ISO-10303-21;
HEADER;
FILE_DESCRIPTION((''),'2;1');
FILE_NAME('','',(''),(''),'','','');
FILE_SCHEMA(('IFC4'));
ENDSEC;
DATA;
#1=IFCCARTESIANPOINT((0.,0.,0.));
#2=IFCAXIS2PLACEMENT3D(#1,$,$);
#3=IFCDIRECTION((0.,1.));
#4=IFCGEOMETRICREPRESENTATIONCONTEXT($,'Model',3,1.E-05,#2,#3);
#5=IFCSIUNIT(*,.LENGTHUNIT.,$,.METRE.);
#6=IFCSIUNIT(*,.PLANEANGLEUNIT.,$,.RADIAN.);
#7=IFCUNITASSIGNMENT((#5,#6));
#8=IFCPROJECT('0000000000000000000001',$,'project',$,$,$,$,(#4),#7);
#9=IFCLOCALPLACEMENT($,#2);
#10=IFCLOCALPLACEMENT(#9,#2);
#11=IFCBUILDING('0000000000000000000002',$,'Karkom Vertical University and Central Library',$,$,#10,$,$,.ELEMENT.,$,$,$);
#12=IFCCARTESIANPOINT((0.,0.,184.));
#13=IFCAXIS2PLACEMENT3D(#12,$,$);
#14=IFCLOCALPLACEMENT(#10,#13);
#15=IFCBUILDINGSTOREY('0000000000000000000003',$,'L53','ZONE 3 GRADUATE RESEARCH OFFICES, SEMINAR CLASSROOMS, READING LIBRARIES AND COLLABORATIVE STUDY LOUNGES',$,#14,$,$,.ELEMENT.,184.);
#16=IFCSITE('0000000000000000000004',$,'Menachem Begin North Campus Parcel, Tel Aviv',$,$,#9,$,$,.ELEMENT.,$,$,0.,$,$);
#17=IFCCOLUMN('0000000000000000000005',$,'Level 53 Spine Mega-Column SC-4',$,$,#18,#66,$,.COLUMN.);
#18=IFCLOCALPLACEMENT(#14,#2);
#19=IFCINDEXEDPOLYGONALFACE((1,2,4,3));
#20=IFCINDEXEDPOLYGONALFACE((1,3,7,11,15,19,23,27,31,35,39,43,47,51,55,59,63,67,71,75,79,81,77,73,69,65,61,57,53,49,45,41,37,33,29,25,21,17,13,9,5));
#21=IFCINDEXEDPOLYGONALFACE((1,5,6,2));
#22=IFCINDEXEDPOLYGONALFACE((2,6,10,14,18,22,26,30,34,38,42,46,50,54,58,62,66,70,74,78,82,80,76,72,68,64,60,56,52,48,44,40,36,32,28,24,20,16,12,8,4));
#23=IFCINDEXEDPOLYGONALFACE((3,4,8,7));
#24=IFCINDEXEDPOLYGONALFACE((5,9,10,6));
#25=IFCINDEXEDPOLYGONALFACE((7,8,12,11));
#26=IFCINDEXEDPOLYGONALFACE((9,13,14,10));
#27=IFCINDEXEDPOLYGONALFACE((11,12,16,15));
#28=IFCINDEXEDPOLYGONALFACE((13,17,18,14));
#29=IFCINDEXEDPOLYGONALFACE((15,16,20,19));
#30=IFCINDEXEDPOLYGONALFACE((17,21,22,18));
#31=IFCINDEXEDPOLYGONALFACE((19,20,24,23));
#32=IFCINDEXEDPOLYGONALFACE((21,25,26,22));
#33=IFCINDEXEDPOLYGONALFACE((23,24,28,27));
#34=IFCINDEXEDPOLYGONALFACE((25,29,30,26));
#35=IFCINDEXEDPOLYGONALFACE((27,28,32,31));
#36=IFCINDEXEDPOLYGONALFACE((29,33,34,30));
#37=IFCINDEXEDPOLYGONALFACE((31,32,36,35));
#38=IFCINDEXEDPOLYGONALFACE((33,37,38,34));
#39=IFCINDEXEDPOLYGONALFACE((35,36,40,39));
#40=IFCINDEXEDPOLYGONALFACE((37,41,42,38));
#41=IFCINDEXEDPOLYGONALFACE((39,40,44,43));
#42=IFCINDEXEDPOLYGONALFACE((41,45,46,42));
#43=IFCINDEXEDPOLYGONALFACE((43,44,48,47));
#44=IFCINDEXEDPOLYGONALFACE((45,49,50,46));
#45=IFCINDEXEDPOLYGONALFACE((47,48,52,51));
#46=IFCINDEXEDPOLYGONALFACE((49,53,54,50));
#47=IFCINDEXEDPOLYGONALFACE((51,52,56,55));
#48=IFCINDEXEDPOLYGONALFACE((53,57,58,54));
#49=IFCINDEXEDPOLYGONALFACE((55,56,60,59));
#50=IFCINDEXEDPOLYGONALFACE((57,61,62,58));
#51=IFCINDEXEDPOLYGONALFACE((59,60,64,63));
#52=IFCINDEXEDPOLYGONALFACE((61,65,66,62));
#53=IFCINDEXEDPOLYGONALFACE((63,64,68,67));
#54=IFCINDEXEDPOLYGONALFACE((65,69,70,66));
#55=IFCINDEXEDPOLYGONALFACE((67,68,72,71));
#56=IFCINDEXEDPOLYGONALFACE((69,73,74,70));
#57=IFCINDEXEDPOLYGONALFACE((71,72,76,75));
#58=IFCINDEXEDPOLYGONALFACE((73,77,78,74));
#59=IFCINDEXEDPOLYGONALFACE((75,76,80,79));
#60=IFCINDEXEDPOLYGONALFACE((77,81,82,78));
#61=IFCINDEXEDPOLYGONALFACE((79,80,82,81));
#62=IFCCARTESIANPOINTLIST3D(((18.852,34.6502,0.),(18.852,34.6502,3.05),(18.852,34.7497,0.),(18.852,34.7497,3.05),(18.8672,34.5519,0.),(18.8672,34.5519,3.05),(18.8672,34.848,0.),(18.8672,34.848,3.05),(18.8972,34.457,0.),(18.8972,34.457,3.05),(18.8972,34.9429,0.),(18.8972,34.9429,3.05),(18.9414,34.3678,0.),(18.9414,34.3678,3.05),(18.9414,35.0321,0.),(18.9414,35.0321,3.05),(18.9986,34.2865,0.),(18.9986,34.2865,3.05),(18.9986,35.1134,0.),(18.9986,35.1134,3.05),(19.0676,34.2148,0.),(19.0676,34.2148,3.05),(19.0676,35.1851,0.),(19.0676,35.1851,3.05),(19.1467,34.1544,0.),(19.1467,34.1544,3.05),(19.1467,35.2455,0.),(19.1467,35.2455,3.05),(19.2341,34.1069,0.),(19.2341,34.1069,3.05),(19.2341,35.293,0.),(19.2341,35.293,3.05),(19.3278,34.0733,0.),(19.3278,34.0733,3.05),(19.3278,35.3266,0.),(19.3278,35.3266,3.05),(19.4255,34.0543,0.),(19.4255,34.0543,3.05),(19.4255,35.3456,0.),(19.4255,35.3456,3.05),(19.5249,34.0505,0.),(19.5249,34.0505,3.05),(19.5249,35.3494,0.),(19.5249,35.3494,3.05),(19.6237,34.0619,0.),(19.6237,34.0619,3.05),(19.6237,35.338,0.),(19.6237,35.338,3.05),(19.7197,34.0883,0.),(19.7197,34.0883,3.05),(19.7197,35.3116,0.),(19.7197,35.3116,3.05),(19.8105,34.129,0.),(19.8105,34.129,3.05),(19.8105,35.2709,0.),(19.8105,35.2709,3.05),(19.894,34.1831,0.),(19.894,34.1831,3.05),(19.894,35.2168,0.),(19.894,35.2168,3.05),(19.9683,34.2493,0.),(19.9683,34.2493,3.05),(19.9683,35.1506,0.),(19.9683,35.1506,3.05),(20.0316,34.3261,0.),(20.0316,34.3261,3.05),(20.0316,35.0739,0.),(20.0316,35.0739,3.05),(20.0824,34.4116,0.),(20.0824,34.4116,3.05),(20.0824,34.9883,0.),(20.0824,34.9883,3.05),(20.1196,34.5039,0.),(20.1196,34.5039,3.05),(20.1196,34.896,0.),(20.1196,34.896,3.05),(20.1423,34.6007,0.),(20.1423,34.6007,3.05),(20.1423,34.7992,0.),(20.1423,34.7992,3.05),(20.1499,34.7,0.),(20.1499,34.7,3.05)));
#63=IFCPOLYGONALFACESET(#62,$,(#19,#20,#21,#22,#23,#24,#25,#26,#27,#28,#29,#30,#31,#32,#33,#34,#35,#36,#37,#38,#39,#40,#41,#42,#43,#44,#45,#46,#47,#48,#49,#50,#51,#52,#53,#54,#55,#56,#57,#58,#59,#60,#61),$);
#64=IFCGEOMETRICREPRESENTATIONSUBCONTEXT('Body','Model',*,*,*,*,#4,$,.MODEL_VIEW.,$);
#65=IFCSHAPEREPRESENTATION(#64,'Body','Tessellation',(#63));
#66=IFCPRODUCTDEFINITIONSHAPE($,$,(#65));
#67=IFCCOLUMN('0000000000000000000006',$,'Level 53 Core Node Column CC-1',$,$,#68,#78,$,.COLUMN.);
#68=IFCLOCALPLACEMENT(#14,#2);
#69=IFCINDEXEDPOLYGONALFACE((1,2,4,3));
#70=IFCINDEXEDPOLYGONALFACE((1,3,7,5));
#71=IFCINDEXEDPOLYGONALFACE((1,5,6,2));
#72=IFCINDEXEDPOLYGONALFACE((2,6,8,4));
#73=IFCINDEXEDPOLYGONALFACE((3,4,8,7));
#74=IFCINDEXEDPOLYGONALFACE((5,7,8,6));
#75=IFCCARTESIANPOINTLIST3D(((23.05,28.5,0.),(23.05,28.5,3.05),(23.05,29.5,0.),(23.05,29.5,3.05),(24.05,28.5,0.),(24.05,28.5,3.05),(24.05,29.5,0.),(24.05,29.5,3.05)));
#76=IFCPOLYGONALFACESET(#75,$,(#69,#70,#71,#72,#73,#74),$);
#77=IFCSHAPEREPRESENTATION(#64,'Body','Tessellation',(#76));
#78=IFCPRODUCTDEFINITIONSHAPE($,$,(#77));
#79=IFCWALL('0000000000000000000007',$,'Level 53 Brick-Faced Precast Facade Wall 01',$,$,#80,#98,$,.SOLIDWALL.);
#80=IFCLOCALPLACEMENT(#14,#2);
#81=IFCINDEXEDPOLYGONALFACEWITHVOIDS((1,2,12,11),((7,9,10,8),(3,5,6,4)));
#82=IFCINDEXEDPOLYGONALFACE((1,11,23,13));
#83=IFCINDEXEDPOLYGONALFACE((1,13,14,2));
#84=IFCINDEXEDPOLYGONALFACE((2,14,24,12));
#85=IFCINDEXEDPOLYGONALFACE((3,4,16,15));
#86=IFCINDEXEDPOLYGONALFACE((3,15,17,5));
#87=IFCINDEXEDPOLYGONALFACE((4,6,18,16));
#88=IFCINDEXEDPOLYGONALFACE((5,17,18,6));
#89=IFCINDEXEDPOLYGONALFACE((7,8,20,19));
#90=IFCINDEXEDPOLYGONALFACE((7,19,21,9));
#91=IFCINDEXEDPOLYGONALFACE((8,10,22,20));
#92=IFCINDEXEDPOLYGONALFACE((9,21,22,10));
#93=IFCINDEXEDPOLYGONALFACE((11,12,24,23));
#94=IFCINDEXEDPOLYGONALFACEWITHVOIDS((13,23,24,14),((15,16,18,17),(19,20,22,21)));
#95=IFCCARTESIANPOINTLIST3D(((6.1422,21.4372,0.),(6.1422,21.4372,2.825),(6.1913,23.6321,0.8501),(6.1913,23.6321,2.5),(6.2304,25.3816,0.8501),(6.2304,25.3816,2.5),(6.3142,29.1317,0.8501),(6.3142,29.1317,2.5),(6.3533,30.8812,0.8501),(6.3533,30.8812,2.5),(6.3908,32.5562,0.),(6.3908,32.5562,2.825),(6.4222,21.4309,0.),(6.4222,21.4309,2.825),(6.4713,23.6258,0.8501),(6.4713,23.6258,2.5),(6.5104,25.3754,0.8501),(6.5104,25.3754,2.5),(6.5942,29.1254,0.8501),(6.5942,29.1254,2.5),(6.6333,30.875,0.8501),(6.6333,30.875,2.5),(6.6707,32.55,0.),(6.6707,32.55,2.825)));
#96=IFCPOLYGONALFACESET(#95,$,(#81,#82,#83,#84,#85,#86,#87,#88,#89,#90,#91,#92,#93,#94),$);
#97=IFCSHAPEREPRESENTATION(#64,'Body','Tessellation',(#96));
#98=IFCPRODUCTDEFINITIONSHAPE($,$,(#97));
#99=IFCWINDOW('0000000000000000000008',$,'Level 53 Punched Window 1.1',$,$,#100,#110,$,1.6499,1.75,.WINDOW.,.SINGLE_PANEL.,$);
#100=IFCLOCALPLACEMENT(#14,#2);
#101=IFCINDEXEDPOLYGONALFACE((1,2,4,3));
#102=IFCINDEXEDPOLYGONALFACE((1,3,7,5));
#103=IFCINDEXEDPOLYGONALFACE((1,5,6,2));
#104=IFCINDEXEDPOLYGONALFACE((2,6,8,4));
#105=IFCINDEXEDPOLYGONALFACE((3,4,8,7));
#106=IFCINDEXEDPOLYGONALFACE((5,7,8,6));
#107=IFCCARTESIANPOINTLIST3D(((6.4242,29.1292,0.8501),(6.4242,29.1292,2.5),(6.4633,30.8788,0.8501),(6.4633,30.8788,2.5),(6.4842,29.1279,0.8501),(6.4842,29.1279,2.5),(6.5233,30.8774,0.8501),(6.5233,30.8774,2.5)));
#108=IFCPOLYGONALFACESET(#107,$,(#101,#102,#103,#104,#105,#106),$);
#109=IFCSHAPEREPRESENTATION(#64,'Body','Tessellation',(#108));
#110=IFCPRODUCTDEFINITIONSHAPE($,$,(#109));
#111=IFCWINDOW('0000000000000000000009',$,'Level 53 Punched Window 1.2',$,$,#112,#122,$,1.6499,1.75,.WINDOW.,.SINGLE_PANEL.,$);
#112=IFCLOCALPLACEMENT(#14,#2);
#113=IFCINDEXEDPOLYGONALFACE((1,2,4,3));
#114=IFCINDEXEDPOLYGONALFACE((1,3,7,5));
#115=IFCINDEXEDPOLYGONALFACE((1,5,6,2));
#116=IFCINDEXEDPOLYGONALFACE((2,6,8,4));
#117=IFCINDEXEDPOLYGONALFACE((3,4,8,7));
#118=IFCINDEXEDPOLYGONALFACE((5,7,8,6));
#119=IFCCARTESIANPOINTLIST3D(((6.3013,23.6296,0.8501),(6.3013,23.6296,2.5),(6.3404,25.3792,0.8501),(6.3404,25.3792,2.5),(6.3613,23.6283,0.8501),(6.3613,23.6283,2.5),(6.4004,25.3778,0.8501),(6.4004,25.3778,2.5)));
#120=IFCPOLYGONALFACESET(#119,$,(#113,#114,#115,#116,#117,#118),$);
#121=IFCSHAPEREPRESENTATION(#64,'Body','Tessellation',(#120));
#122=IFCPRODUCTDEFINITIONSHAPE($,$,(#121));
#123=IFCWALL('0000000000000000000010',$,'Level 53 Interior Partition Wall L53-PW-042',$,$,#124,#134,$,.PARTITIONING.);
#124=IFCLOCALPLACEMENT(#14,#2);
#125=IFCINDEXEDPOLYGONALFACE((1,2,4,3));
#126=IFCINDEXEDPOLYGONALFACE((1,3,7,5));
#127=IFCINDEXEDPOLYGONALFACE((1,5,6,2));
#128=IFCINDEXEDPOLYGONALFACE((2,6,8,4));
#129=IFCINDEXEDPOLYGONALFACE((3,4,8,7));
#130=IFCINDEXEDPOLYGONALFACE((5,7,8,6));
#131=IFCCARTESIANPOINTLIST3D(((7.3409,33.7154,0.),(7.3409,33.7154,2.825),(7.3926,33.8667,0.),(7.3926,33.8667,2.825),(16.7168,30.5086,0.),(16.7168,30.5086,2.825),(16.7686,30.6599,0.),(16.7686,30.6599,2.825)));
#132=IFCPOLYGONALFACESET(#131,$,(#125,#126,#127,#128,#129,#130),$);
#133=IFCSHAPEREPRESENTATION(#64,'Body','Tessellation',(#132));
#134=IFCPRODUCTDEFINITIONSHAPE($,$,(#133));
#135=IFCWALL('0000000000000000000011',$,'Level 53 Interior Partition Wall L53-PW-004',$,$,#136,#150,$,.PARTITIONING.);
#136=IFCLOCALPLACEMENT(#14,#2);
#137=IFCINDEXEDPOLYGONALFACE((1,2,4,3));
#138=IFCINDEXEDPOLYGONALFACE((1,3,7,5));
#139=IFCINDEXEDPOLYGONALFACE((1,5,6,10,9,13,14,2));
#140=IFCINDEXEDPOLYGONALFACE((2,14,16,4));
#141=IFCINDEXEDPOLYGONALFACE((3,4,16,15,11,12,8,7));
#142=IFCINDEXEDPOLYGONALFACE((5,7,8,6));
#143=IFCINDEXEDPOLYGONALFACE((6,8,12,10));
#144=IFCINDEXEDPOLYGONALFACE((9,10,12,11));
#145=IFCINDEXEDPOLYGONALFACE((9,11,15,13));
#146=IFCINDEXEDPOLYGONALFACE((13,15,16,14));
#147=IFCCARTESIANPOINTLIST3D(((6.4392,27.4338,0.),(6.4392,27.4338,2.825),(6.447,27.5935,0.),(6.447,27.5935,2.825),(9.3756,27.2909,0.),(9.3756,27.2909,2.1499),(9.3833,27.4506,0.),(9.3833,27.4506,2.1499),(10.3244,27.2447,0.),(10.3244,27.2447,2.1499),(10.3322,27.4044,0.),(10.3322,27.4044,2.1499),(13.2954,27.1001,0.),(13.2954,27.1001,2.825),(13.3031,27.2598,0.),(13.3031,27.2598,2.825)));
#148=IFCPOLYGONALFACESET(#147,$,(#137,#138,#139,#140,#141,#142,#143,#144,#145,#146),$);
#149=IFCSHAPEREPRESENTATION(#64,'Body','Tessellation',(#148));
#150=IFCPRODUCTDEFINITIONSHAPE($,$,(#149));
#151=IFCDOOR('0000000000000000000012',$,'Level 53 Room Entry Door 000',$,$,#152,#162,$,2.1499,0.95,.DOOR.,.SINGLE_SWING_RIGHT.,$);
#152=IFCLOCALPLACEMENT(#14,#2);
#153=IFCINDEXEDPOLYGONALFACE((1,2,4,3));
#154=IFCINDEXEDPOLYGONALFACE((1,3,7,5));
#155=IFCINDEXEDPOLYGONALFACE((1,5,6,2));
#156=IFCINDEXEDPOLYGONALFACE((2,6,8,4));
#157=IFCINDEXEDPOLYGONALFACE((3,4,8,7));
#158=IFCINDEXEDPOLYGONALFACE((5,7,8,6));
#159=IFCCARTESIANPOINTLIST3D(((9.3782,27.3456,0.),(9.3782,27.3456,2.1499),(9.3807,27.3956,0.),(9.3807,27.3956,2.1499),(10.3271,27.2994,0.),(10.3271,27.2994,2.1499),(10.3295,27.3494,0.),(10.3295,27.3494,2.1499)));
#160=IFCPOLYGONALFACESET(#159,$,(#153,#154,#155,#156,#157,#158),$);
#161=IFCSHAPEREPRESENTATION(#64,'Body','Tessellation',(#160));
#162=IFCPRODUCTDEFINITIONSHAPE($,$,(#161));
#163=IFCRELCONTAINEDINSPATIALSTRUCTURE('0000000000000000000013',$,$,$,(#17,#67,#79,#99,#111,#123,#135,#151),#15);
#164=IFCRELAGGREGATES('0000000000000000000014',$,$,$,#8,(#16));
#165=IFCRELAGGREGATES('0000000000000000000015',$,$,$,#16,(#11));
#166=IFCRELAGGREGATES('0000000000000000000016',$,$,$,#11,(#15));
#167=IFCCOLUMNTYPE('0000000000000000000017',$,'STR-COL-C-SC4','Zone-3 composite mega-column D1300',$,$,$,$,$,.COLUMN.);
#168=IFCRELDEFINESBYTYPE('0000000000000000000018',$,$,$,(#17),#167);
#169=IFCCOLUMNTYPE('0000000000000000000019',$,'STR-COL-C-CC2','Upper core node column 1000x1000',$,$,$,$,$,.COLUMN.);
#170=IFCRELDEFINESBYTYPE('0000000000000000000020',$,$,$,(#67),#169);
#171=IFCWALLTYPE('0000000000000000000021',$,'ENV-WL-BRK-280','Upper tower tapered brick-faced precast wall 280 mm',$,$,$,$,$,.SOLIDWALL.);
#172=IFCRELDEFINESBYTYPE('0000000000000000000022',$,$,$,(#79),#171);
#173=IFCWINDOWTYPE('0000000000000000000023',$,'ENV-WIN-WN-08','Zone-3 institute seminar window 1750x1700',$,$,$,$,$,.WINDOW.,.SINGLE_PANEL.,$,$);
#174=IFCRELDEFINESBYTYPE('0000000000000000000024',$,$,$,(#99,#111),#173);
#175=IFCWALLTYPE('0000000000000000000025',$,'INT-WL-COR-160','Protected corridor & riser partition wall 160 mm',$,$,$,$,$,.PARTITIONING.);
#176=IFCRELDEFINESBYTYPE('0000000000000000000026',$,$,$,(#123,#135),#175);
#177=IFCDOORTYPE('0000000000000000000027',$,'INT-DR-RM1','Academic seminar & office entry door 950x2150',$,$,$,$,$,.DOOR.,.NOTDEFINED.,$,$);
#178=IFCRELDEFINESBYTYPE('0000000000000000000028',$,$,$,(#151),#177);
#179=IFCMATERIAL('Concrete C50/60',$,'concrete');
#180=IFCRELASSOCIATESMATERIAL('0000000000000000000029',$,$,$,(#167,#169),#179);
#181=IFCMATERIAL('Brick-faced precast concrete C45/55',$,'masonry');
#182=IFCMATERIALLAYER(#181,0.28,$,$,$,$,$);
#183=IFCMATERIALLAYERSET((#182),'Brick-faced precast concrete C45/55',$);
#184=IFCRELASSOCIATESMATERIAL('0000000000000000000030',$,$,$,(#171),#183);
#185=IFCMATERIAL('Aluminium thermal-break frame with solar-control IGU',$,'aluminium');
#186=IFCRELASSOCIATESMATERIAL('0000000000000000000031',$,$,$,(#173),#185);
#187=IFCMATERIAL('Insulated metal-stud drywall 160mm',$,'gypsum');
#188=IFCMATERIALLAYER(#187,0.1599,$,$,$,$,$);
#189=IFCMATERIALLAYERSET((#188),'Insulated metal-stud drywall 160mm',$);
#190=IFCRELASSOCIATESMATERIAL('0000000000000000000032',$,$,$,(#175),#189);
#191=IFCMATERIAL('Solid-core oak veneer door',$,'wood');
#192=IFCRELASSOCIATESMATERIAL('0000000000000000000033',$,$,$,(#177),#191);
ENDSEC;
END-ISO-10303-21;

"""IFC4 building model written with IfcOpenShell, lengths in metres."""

from ifc_helpers import new_model, si_unit, direction, frame, frame_2d, origin, origin_with_axes, origin_2d, place, context, subcontext, project, spatial, rectangle, circle, extrude, source, transform, mapped, material, layer, layer_set, material_profile, profile_set, type_object, element, fill, save


model = new_model("IFC4")

# Units and contexts
model_context = context("Model", 3, precision=1e-05, world=origin(), true_north=direction((0.0, 1.0)))
body_context = subcontext(model_context, "Body", "Model", "MODEL_VIEW")
ifc_project = project(units=[si_unit("LENGTHUNIT", "METRE"), si_unit("PLANEANGLEUNIT", "RADIAN")], contexts=[model_context])

# Site, building, storey
site_placement = place(None, origin())
site = spatial("IfcSite", under=ifc_project, at=site_placement, Name="Menachem Begin North Campus Parcel, Tel Aviv", CompositionType="ELEMENT", RefElevation=0.0)
building_placement = place(site_placement, origin())
building = spatial("IfcBuilding", under=site, at=building_placement, Name="Karkom Vertical University and Central Library", CompositionType="ELEMENT")
storey_placement = place(building_placement, frame((0.0, 0.0, 184.0)))
storey = spatial("IfcBuildingStorey", under=building, at=storey_placement, Name="L53", Description="ZONE 3 GRADUATE RESEARCH OFFICES, SEMINAR CLASSROOMS, READING LIBRARIES AND COLLABORATIVE STUDY LOUNGES", CompositionType="ELEMENT", Elevation=184.0)

# Columns
ifc_material_1 = material(Name="Concrete C50/60", Category="concrete")
ifc_material_profile_1 = material_profile(ifc_material_1, circle(Radius=0.6499, at=origin_2d()), Name="CFT-D1300")
ifc_profile_set_1 = profile_set([ifc_material_profile_1], Name="Concrete C50/60")
column_type_1 = type_object("IfcColumnType", Name="STR-COL-C-SC4", Description="Zone-3 composite mega-column D1300", PredefinedType="COLUMN", material=ifc_profile_set_1)
shared_shape_1 = source(origin_with_axes(), body_context, "Body", "SweptSolid", [
    extrude(circle(Radius=0.6499, at=origin_2d()), origin(), (0.0, 0.0, 1.0), 3.05),
])
column_1_placement = place(storey_placement, frame((19.5, 34.7, 0.0), z_axis=(0.0, 0.0, 1.0), x_axis=(1.0, 0.0, 0.0)))
element("IfcColumn", 1, at=column_1_placement, inside=storey, type_object=column_type_1, Name="Level 53 Spine Mega-Column SC-4", PredefinedType="COLUMN", context=body_context, shape_type="MappedRepresentation", body=[
    mapped(shared_shape_1, transform((0.0, 0.0, 0.0), scale=1.0)),
])
ifc_material_profile_2 = material_profile(ifc_material_1, rectangle(XDim=1.0, YDim=1.0, at=origin_2d()), Name="RC-1000x1000")
ifc_profile_set_2 = profile_set([ifc_material_profile_2], Name="Concrete C50/60")
column_type_2 = type_object("IfcColumnType", Name="STR-COL-C-CC2", Description="Upper core node column 1000x1000", PredefinedType="COLUMN", material=ifc_profile_set_2)
shared_shape_2 = source(origin_with_axes(), body_context, "Body", "SweptSolid", [
    extrude(rectangle(XDim=1.0, YDim=1.0, at=origin_2d()), origin(), (0.0, 0.0, 1.0), 3.05),
])
column_2_placement = place(storey_placement, frame((23.55, 29.0, 0.0), z_axis=(0.0, 0.0, 1.0), x_axis=(1.0, 0.0, 0.0)))
element("IfcColumn", 2, at=column_2_placement, inside=storey, type_object=column_type_2, Name="Level 53 Core Node Column CC-1", PredefinedType="COLUMN", context=body_context, shape_type="MappedRepresentation", body=[
    mapped(shared_shape_2, transform((0.0, 0.0, 0.0), scale=1.0)),
])

# Wall, openings, windows
ifc_material_2 = material(Name="Brick-faced precast concrete C45/55", Category="masonry")
ifc_layer_1 = layer(ifc_material_2, 0.28)
ifc_layer_set_1 = layer_set([ifc_layer_1], Name="Brick-faced precast concrete C45/55")
wall_type_1 = type_object("IfcWallType", Name="ENV-WL-BRK-280", Description="Upper tower tapered brick-faced precast wall 280 mm", PredefinedType="SOLIDWALL", material=ifc_layer_set_1)
wall_1_placement = place(storey_placement, frame((6.5308, 32.5532, 0.0), z_axis=(0.0, 0.0, 1.0), x_axis=(-0.022346, -0.99975, 0.0)))
wall_1 = element("IfcWall", 3, at=wall_1_placement, inside=storey, type_object=wall_type_1, Name="Level 53 Brick-Faced Precast Facade Wall 01", PredefinedType="SOLIDWALL", context=body_context, shape_type="SweptSolid", body=[
    extrude(rectangle(XDim=11.1218, YDim=0.28, at=frame_2d((5.561, 0.0))), origin(), (0.0, 0.0, 1.0), 2.825),
])
opening_1_placement = place(wall_1_placement, frame((1.6755, 0.0, 0.8501)))
opening_1 = element("IfcOpeningElement", 4, at=opening_1_placement, cuts=wall_1, PredefinedType="OPENING", context=body_context, shape_type="SweptSolid", body=[
    extrude(rectangle(XDim=1.75, YDim=1.6499, at=frame_2d((0.875, 0.825))), frame((0.0, 0.1499, 0.0), z_axis=(0.0, -1.0, 0.0), x_axis=(1.0, 0.0, 0.0)), (0.0, 0.0, 1.0), 0.3),
])
opening_2_placement = place(wall_1_placement, frame((7.1765, 0.0, 0.8501)))
opening_2 = element("IfcOpeningElement", 5, at=opening_2_placement, cuts=wall_1, PredefinedType="OPENING", context=body_context, shape_type="SweptSolid", body=[
    extrude(rectangle(XDim=1.75, YDim=1.6499, at=frame_2d((0.875, 0.825))), frame((0.0, 0.1499, 0.0), z_axis=(0.0, -1.0, 0.0), x_axis=(1.0, 0.0, 0.0)), (0.0, 0.0, 1.0), 0.3),
])
ifc_material_3 = material(Name="Aluminium thermal-break frame with solar-control IGU", Category="aluminium")
window_type = type_object("IfcWindowType", Name="ENV-WIN-WN-08", Description="Zone-3 institute seminar window 1750x1700", PartitioningType="SINGLE_PANEL", PredefinedType="WINDOW", material=ifc_material_3)
shared_shape_3 = source(origin_with_axes(), body_context, "Body", "SweptSolid", [
    extrude(rectangle(XDim=1.75, YDim=1.6499, at=frame_2d((0.875, 0.825))), frame((0.0, 0.03, 0.0), z_axis=(0.0, -1.0, 0.0), x_axis=(1.0, 0.0, 0.0)), (0.0, 0.0, 1.0), 0.0601),
])
window_1_placement = place(opening_1_placement, origin())
window_1 = element("IfcWindow", 6, at=window_1_placement, inside=storey, type_object=window_type, Name="Level 53 Punched Window 1.1", OverallHeight=1.6499, OverallWidth=1.75, PartitioningType="SINGLE_PANEL", PredefinedType="WINDOW", context=body_context, shape_type="MappedRepresentation", body=[
    mapped(shared_shape_3, transform((0.0, 0.0, 0.0), scale=1.0)),
])
fill(opening_1, window_1)
window_2_placement = place(opening_2_placement, origin())
window_2 = element("IfcWindow", 7, at=window_2_placement, inside=storey, type_object=window_type, Name="Level 53 Punched Window 1.2", OverallHeight=1.6499, OverallWidth=1.75, PartitioningType="SINGLE_PANEL", PredefinedType="WINDOW", context=body_context, shape_type="MappedRepresentation", body=[
    mapped(shared_shape_3, transform((0.0, 0.0, 0.0), scale=1.0)),
])
fill(opening_2, window_2)

# Wall
ifc_material_4 = material(Name="Insulated metal-stud drywall 160mm", Category="gypsum")
ifc_layer_2 = layer(ifc_material_4, 0.1599)
ifc_layer_set_2 = layer_set([ifc_layer_2], Name="Insulated metal-stud drywall 160mm")
wall_type_2 = type_object("IfcWallType", Name="INT-WL-COR-160", Description="Protected corridor & riser partition wall 160 mm", PredefinedType="PARTITIONING", material=ifc_layer_set_2)
wall_2_placement = place(storey_placement, frame((16.7427, 30.5842, 0.0), z_axis=(0.0, 0.0, 1.0), x_axis=(-0.946188, 0.323617, 0.0)))
element("IfcWall", 8, at=wall_2_placement, inside=storey, type_object=wall_type_2, Name="Level 53 Interior Partition Wall L53-PW-042", PredefinedType="PARTITIONING", context=body_context, shape_type="SweptSolid", body=[
    extrude(rectangle(XDim=9.9092, YDim=0.1599, at=frame_2d((4.9546, 0.0))), origin(), (0.0, 0.0, 1.0), 2.825),
])

# Wall, opening, door
wall_3_placement = place(storey_placement, frame((6.4431, 27.5137, 0.0), z_axis=(0.0, 0.0, 1.0), x_axis=(0.998817, -0.04862, 0.0)))
wall_3 = element("IfcWall", 9, at=wall_3_placement, inside=storey, type_object=wall_type_2, Name="Level 53 Interior Partition Wall L53-PW-004", PredefinedType="PARTITIONING", context=body_context, shape_type="SweptSolid", body=[
    extrude(rectangle(XDim=6.8643, YDim=0.1599, at=frame_2d((3.4321, 0.0))), origin(), (0.0, 0.0, 1.0), 2.825),
])
opening_3_placement = place(wall_3_placement, frame((2.9397, 0.0, 0.0)))
opening_3 = element("IfcOpeningElement", 10, at=opening_3_placement, cuts=wall_3, PredefinedType="OPENING", context=body_context, shape_type="SweptSolid", body=[
    extrude(rectangle(XDim=0.95, YDim=2.1499, at=frame_2d((0.4751, 1.075))), frame((0.0, 0.0898, 0.0), z_axis=(0.0, -1.0, 0.0), x_axis=(1.0, 0.0, 0.0)), (0.0, 0.0, 1.0), 0.1799),
])
ifc_material_5 = material(Name="Solid-core oak veneer door", Category="wood")
door_type_1 = type_object("IfcDoorType", Name="INT-DR-RM1", Description="Academic seminar & office entry door 950x2150", OperationType="NOTDEFINED", PredefinedType="DOOR", material=ifc_material_5)
shared_shape_4 = source(origin_with_axes(), body_context, "Body", "SweptSolid", [
    extrude(rectangle(XDim=0.95, YDim=2.1499, at=frame_2d((0.4751, 1.075))), frame((0.0, 0.0249, 0.0), z_axis=(0.0, -1.0, 0.0), x_axis=(1.0, 0.0, 0.0)), (0.0, 0.0, 1.0), 0.05),
])
door_1_placement = place(opening_3_placement, origin())
door_1 = element("IfcDoor", 11, at=door_1_placement, inside=storey, type_object=door_type_1, Name="Level 53 Room Entry Door 000", OperationType="SINGLE_SWING_RIGHT", OverallHeight=2.1499, OverallWidth=0.95, PredefinedType="DOOR", context=body_context, shape_type="MappedRepresentation", body=[
    mapped(shared_shape_4, transform((0.0, 0.0, 0.0), scale=1.0)),
])
fill(opening_3, door_1)

save(model, "model.ifc")
